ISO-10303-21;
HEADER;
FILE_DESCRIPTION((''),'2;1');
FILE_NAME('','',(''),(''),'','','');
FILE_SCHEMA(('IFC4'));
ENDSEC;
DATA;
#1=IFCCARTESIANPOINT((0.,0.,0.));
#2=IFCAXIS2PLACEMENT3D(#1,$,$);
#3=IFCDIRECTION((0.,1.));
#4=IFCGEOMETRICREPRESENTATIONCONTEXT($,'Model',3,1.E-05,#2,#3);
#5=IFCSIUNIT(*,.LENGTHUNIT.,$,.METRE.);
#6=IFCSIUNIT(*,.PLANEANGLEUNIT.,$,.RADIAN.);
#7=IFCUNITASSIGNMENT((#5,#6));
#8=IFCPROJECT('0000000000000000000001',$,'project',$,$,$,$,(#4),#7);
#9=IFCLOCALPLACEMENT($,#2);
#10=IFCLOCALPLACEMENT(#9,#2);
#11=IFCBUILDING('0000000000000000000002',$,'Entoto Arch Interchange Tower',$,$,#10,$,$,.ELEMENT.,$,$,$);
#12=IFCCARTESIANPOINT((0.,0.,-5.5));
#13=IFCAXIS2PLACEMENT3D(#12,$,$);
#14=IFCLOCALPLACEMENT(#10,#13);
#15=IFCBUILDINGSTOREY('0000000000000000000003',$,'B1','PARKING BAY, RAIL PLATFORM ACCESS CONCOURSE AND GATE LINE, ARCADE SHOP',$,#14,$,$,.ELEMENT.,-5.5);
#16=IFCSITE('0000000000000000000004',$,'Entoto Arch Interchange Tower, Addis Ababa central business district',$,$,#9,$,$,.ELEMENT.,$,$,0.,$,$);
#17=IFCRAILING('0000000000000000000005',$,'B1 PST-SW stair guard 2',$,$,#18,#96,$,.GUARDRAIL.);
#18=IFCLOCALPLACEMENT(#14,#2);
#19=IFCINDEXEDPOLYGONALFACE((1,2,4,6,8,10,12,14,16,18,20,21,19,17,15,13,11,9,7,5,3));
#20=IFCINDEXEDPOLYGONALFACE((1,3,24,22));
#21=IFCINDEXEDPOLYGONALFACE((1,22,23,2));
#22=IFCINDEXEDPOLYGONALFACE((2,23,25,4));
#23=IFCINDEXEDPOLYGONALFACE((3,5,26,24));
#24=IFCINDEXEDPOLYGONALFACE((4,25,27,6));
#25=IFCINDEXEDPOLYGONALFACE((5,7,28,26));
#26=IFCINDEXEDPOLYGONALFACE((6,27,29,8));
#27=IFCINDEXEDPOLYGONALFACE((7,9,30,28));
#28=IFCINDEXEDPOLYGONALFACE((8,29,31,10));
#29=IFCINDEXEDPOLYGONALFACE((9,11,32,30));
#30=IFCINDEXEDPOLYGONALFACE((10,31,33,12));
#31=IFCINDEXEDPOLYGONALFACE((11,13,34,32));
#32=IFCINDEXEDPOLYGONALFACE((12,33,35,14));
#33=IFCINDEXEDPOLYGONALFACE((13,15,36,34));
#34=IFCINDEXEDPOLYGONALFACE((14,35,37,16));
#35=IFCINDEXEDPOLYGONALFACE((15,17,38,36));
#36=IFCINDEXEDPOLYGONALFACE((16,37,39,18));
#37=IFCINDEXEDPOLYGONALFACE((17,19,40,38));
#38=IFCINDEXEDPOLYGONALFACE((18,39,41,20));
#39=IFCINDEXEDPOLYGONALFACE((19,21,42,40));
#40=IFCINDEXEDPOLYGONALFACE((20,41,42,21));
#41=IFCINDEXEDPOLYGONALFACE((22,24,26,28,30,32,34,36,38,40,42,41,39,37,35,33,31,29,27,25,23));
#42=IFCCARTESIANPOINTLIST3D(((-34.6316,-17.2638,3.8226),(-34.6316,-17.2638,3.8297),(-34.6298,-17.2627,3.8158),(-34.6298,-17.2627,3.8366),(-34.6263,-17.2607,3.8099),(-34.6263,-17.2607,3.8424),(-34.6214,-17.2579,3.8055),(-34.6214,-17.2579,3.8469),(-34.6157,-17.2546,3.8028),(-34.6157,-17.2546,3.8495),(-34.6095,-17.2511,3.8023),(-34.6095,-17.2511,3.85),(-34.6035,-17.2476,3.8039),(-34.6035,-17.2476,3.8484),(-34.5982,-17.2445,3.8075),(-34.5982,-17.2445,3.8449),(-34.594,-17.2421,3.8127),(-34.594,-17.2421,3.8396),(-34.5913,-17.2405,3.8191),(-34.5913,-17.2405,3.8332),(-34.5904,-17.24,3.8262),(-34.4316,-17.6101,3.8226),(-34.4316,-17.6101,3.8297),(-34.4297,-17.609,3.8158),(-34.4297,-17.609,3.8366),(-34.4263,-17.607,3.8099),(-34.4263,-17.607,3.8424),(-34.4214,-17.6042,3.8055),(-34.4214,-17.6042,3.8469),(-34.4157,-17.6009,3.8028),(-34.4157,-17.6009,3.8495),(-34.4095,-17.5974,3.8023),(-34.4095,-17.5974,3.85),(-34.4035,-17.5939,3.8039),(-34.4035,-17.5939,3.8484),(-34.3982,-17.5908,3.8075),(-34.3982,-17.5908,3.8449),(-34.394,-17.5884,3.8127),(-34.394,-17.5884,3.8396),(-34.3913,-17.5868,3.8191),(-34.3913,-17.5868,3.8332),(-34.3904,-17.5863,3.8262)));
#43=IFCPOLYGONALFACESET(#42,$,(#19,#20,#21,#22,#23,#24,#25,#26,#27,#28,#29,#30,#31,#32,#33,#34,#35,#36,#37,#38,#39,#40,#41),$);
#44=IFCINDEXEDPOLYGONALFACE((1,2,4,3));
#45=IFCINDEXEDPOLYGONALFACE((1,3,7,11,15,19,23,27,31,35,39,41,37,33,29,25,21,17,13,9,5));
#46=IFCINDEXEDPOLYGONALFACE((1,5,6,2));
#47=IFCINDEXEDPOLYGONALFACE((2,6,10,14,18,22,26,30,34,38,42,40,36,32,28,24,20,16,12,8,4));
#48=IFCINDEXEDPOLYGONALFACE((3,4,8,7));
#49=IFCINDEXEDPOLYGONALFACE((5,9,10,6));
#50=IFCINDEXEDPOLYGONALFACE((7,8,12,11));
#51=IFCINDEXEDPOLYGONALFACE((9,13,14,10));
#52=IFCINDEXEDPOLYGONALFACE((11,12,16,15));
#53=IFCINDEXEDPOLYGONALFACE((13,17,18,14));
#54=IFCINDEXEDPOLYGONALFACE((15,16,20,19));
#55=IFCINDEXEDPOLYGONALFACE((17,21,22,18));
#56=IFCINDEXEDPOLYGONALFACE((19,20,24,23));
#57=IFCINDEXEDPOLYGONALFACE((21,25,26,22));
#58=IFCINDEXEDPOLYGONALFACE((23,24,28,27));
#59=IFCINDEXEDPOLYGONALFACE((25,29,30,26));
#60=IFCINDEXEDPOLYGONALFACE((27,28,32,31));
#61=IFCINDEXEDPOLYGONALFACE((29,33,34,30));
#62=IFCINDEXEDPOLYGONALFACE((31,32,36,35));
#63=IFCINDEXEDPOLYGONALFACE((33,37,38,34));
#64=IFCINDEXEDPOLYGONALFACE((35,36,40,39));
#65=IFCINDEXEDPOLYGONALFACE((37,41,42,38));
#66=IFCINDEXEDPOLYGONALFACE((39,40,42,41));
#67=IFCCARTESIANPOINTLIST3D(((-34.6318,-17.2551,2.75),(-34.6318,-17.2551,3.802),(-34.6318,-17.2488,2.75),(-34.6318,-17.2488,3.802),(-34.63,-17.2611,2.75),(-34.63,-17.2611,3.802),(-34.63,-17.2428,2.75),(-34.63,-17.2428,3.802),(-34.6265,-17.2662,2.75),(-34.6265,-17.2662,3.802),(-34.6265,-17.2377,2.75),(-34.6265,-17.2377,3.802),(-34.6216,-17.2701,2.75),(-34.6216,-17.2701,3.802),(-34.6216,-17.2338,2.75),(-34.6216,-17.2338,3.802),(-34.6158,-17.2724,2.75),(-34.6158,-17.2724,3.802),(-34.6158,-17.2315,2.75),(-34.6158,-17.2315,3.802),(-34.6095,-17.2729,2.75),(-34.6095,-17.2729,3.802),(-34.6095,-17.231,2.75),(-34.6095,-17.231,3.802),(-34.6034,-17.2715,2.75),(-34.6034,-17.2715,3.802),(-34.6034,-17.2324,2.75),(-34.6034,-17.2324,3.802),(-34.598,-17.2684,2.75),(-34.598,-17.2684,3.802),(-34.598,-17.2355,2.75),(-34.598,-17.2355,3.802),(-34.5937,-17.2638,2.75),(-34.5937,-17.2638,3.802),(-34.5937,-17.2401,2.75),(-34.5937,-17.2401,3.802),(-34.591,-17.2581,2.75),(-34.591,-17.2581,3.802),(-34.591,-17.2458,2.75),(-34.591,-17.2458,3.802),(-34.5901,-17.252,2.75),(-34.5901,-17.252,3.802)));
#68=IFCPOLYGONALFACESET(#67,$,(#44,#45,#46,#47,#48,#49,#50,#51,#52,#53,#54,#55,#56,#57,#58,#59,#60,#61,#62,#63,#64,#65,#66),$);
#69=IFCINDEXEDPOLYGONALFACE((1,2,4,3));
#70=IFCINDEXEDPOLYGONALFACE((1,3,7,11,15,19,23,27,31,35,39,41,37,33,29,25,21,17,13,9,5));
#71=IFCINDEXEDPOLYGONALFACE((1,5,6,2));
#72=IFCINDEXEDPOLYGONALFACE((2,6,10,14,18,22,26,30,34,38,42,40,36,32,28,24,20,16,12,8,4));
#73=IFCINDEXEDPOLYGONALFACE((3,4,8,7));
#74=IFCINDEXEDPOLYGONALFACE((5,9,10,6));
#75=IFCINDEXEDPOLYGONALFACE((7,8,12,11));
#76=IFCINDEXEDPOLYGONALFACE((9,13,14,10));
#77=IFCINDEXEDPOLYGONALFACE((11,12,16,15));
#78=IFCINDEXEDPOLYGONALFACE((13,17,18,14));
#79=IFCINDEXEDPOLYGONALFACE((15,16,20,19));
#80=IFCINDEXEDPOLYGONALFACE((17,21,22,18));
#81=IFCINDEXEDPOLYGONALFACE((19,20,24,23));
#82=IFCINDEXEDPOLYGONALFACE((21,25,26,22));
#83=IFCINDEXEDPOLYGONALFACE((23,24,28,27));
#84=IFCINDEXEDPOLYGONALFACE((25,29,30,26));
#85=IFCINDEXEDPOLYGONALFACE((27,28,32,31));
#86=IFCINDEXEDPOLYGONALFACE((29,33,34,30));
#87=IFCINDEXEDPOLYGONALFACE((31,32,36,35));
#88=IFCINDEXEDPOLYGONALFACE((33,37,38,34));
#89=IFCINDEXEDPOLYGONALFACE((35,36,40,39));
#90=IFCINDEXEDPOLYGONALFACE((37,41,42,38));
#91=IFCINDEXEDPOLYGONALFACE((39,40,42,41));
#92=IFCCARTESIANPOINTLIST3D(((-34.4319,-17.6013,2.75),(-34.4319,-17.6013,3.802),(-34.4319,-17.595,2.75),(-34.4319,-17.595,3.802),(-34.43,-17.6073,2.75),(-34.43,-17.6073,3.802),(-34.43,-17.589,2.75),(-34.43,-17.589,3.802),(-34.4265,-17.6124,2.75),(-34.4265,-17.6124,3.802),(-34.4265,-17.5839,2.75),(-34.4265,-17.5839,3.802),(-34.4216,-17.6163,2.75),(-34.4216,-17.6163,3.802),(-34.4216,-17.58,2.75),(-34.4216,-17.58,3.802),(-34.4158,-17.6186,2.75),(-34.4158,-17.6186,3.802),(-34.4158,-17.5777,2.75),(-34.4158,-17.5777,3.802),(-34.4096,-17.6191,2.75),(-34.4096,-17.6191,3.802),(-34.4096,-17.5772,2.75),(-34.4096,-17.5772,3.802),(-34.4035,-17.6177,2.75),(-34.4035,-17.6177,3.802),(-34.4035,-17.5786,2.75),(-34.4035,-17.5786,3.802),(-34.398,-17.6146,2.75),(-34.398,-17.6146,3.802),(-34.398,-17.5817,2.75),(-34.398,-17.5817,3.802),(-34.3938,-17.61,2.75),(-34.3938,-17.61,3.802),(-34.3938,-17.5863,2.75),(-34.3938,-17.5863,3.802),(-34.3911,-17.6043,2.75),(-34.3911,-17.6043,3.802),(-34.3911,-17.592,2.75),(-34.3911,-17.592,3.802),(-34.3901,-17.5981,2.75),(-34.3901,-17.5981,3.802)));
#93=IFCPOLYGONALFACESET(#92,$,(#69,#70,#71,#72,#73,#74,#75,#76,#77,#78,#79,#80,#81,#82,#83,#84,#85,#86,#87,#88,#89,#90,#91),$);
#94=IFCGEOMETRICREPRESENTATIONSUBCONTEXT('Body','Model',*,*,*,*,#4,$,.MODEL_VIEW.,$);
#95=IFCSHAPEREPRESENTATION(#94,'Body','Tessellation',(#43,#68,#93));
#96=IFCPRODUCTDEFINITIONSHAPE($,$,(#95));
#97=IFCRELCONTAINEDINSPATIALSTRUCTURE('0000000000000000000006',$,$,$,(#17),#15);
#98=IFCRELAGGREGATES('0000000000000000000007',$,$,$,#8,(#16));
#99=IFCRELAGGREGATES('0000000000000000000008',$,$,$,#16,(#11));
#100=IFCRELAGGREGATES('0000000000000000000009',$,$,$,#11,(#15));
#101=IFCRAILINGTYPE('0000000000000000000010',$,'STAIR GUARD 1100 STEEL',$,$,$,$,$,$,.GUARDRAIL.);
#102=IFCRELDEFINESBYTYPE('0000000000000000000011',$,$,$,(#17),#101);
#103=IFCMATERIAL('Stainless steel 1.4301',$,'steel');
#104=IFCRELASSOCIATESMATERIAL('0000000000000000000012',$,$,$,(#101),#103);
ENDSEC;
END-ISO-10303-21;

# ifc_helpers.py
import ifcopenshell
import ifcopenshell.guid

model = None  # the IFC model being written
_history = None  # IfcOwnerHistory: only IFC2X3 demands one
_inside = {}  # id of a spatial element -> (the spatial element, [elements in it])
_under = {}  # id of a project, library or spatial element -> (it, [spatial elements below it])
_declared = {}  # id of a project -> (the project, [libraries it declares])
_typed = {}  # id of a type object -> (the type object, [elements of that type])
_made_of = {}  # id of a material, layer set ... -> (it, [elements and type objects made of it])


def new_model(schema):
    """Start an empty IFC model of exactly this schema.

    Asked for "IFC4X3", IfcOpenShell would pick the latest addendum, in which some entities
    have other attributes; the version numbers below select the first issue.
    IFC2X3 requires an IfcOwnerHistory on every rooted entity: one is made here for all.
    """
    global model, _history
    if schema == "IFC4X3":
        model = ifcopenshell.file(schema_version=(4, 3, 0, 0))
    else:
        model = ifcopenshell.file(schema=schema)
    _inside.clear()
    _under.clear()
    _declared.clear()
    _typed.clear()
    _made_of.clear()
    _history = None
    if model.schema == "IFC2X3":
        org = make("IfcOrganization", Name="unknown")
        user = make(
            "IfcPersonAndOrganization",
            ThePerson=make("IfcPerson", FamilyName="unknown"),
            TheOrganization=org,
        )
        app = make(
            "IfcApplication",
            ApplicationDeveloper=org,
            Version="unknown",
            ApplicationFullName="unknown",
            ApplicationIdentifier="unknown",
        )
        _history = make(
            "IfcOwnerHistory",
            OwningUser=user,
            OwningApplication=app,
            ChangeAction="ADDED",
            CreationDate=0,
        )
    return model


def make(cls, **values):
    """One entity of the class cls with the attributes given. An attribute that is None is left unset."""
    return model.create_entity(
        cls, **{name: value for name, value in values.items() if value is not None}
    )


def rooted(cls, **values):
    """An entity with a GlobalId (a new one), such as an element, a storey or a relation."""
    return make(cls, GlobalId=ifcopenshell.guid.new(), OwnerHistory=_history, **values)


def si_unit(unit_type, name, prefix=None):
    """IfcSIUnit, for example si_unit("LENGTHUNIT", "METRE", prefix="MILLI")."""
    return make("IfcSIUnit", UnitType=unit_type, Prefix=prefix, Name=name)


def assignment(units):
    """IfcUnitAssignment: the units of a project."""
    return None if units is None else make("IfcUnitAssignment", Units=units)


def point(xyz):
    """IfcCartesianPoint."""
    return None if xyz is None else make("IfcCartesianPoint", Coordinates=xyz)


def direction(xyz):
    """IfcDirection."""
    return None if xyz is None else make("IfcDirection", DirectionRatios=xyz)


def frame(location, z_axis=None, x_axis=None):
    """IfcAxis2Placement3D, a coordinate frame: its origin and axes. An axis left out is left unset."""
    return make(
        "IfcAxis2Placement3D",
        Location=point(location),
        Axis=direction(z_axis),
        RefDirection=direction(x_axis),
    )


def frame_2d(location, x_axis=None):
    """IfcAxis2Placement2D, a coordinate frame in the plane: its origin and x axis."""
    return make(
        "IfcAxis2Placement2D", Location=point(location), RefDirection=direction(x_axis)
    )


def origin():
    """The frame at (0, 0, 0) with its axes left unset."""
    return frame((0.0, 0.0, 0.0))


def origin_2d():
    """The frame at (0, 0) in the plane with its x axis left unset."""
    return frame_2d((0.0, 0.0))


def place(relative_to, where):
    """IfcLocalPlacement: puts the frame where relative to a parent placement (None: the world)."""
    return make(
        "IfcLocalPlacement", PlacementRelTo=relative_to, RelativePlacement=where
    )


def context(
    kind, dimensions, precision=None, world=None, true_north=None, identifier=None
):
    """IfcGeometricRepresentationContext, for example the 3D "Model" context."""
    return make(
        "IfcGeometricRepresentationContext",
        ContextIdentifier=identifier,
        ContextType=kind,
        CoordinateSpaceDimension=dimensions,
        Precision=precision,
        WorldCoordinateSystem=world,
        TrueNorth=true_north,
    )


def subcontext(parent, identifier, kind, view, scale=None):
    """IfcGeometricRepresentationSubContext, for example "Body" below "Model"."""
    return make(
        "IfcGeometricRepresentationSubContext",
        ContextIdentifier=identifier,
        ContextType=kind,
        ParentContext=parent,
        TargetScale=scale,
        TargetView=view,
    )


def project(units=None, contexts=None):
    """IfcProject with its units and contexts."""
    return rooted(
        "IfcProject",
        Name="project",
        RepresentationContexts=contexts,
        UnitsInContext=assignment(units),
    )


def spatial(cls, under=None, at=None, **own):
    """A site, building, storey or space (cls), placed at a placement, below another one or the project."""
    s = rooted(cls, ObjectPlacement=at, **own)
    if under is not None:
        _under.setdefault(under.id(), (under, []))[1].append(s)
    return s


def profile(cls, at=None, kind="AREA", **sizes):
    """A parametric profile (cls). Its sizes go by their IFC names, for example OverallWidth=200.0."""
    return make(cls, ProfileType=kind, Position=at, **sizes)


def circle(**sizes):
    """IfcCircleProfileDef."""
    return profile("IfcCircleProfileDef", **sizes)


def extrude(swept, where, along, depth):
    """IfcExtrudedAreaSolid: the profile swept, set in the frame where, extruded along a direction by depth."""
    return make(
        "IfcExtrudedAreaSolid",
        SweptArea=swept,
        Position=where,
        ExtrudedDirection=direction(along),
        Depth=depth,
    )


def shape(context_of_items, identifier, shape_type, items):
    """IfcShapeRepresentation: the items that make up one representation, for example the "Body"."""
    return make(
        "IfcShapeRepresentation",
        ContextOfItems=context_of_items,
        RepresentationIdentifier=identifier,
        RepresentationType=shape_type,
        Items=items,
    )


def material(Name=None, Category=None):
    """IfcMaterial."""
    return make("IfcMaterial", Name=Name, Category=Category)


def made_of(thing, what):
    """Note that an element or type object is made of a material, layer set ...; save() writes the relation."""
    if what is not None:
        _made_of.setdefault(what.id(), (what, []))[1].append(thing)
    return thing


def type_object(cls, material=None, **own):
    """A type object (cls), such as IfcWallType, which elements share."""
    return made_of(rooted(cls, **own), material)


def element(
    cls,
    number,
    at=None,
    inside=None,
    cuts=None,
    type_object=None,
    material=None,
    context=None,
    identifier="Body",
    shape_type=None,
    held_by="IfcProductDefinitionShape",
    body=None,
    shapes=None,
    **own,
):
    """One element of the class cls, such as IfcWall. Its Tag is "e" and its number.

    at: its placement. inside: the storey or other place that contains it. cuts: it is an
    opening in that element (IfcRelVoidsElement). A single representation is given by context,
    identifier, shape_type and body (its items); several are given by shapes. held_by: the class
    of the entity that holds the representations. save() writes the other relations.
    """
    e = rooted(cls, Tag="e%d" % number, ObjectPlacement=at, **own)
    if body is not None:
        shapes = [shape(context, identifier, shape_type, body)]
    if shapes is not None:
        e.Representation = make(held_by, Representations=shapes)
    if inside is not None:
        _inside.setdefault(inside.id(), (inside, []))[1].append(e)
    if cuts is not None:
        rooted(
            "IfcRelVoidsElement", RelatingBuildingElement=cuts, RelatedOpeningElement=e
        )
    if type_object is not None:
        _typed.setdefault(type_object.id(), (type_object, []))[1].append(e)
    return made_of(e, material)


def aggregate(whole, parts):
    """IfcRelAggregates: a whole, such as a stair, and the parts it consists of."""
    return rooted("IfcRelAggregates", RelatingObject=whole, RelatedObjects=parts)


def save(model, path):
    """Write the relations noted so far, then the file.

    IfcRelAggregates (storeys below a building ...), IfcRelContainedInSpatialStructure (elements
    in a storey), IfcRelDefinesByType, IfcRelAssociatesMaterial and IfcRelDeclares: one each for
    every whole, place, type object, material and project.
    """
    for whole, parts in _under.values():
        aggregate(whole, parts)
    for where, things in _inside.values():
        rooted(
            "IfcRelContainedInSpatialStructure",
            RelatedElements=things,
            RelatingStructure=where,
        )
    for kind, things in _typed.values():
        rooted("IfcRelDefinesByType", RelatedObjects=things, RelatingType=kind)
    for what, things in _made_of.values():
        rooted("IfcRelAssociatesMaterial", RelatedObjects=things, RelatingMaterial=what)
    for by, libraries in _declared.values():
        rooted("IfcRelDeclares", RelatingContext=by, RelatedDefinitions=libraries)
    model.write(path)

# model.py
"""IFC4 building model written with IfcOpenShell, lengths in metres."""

from ifc_helpers import new_model, si_unit, direction, frame, origin, origin_2d, place, context, subcontext, project, spatial, circle, extrude, material, type_object, element, save


model = new_model("IFC4")

# Units and contexts
model_context = context("Model", 3, precision=1e-05, world=origin(), true_north=direction((0.0, 1.0)))
body_context = subcontext(model_context, "Body", "Model", "MODEL_VIEW")
ifc_project = project(units=[si_unit("LENGTHUNIT", "METRE"), si_unit("PLANEANGLEUNIT", "RADIAN")], contexts=[model_context])

# Site, building, storey
site_placement = place(None, origin())
site = spatial("IfcSite", under=ifc_project, at=site_placement, Name="Entoto Arch Interchange Tower, Addis Ababa central business district", CompositionType="ELEMENT", RefElevation=0.0)
building_placement = place(site_placement, origin())
building = spatial("IfcBuilding", under=site, at=building_placement, Name="Entoto Arch Interchange Tower", CompositionType="ELEMENT")
storey_placement = place(building_placement, frame((0.0, 0.0, -5.5)))
storey = spatial("IfcBuildingStorey", under=building, at=storey_placement, Name="B1", Description="PARKING BAY, RAIL PLATFORM ACCESS CONCOURSE AND GATE LINE, ARCADE SHOP", CompositionType="ELEMENT", Elevation=-5.5)

# Railing
ifc_material_1 = material(Name="Stainless steel 1.4301", Category="steel")
railing_type_1 = type_object("IfcRailingType", Name="STAIR GUARD 1100 STEEL", PredefinedType="GUARDRAIL", material=ifc_material_1)
railing_1_placement = place(storey_placement, frame((-34.6111, -17.252, 2.75)))
element("IfcRailing", 1, at=railing_1_placement, inside=storey, type_object=railing_type_1, Name="B1 PST-SW stair guard 2", PredefinedType="GUARDRAIL", context=body_context, shape_type="SweptSolid", body=[
    extrude(circle(Radius=0.0239, at=origin_2d()), frame((0.0, 0.0, 1.0762), z_axis=(0.500145, -0.865941, 0.0), x_axis=(0.865941, 0.500145, 0.0)), (0.0, 0.0, 1.0), 0.3999),
    extrude(circle(Radius=0.021, at=origin_2d()), origin(), (0.0, 0.0, 1.0), 1.052),
    extrude(circle(Radius=0.021, at=origin_2d()), frame((0.2, -0.3462, 0.0)), (0.0, 0.0, 1.0), 1.052),
])

save(model, "model.ifc")
